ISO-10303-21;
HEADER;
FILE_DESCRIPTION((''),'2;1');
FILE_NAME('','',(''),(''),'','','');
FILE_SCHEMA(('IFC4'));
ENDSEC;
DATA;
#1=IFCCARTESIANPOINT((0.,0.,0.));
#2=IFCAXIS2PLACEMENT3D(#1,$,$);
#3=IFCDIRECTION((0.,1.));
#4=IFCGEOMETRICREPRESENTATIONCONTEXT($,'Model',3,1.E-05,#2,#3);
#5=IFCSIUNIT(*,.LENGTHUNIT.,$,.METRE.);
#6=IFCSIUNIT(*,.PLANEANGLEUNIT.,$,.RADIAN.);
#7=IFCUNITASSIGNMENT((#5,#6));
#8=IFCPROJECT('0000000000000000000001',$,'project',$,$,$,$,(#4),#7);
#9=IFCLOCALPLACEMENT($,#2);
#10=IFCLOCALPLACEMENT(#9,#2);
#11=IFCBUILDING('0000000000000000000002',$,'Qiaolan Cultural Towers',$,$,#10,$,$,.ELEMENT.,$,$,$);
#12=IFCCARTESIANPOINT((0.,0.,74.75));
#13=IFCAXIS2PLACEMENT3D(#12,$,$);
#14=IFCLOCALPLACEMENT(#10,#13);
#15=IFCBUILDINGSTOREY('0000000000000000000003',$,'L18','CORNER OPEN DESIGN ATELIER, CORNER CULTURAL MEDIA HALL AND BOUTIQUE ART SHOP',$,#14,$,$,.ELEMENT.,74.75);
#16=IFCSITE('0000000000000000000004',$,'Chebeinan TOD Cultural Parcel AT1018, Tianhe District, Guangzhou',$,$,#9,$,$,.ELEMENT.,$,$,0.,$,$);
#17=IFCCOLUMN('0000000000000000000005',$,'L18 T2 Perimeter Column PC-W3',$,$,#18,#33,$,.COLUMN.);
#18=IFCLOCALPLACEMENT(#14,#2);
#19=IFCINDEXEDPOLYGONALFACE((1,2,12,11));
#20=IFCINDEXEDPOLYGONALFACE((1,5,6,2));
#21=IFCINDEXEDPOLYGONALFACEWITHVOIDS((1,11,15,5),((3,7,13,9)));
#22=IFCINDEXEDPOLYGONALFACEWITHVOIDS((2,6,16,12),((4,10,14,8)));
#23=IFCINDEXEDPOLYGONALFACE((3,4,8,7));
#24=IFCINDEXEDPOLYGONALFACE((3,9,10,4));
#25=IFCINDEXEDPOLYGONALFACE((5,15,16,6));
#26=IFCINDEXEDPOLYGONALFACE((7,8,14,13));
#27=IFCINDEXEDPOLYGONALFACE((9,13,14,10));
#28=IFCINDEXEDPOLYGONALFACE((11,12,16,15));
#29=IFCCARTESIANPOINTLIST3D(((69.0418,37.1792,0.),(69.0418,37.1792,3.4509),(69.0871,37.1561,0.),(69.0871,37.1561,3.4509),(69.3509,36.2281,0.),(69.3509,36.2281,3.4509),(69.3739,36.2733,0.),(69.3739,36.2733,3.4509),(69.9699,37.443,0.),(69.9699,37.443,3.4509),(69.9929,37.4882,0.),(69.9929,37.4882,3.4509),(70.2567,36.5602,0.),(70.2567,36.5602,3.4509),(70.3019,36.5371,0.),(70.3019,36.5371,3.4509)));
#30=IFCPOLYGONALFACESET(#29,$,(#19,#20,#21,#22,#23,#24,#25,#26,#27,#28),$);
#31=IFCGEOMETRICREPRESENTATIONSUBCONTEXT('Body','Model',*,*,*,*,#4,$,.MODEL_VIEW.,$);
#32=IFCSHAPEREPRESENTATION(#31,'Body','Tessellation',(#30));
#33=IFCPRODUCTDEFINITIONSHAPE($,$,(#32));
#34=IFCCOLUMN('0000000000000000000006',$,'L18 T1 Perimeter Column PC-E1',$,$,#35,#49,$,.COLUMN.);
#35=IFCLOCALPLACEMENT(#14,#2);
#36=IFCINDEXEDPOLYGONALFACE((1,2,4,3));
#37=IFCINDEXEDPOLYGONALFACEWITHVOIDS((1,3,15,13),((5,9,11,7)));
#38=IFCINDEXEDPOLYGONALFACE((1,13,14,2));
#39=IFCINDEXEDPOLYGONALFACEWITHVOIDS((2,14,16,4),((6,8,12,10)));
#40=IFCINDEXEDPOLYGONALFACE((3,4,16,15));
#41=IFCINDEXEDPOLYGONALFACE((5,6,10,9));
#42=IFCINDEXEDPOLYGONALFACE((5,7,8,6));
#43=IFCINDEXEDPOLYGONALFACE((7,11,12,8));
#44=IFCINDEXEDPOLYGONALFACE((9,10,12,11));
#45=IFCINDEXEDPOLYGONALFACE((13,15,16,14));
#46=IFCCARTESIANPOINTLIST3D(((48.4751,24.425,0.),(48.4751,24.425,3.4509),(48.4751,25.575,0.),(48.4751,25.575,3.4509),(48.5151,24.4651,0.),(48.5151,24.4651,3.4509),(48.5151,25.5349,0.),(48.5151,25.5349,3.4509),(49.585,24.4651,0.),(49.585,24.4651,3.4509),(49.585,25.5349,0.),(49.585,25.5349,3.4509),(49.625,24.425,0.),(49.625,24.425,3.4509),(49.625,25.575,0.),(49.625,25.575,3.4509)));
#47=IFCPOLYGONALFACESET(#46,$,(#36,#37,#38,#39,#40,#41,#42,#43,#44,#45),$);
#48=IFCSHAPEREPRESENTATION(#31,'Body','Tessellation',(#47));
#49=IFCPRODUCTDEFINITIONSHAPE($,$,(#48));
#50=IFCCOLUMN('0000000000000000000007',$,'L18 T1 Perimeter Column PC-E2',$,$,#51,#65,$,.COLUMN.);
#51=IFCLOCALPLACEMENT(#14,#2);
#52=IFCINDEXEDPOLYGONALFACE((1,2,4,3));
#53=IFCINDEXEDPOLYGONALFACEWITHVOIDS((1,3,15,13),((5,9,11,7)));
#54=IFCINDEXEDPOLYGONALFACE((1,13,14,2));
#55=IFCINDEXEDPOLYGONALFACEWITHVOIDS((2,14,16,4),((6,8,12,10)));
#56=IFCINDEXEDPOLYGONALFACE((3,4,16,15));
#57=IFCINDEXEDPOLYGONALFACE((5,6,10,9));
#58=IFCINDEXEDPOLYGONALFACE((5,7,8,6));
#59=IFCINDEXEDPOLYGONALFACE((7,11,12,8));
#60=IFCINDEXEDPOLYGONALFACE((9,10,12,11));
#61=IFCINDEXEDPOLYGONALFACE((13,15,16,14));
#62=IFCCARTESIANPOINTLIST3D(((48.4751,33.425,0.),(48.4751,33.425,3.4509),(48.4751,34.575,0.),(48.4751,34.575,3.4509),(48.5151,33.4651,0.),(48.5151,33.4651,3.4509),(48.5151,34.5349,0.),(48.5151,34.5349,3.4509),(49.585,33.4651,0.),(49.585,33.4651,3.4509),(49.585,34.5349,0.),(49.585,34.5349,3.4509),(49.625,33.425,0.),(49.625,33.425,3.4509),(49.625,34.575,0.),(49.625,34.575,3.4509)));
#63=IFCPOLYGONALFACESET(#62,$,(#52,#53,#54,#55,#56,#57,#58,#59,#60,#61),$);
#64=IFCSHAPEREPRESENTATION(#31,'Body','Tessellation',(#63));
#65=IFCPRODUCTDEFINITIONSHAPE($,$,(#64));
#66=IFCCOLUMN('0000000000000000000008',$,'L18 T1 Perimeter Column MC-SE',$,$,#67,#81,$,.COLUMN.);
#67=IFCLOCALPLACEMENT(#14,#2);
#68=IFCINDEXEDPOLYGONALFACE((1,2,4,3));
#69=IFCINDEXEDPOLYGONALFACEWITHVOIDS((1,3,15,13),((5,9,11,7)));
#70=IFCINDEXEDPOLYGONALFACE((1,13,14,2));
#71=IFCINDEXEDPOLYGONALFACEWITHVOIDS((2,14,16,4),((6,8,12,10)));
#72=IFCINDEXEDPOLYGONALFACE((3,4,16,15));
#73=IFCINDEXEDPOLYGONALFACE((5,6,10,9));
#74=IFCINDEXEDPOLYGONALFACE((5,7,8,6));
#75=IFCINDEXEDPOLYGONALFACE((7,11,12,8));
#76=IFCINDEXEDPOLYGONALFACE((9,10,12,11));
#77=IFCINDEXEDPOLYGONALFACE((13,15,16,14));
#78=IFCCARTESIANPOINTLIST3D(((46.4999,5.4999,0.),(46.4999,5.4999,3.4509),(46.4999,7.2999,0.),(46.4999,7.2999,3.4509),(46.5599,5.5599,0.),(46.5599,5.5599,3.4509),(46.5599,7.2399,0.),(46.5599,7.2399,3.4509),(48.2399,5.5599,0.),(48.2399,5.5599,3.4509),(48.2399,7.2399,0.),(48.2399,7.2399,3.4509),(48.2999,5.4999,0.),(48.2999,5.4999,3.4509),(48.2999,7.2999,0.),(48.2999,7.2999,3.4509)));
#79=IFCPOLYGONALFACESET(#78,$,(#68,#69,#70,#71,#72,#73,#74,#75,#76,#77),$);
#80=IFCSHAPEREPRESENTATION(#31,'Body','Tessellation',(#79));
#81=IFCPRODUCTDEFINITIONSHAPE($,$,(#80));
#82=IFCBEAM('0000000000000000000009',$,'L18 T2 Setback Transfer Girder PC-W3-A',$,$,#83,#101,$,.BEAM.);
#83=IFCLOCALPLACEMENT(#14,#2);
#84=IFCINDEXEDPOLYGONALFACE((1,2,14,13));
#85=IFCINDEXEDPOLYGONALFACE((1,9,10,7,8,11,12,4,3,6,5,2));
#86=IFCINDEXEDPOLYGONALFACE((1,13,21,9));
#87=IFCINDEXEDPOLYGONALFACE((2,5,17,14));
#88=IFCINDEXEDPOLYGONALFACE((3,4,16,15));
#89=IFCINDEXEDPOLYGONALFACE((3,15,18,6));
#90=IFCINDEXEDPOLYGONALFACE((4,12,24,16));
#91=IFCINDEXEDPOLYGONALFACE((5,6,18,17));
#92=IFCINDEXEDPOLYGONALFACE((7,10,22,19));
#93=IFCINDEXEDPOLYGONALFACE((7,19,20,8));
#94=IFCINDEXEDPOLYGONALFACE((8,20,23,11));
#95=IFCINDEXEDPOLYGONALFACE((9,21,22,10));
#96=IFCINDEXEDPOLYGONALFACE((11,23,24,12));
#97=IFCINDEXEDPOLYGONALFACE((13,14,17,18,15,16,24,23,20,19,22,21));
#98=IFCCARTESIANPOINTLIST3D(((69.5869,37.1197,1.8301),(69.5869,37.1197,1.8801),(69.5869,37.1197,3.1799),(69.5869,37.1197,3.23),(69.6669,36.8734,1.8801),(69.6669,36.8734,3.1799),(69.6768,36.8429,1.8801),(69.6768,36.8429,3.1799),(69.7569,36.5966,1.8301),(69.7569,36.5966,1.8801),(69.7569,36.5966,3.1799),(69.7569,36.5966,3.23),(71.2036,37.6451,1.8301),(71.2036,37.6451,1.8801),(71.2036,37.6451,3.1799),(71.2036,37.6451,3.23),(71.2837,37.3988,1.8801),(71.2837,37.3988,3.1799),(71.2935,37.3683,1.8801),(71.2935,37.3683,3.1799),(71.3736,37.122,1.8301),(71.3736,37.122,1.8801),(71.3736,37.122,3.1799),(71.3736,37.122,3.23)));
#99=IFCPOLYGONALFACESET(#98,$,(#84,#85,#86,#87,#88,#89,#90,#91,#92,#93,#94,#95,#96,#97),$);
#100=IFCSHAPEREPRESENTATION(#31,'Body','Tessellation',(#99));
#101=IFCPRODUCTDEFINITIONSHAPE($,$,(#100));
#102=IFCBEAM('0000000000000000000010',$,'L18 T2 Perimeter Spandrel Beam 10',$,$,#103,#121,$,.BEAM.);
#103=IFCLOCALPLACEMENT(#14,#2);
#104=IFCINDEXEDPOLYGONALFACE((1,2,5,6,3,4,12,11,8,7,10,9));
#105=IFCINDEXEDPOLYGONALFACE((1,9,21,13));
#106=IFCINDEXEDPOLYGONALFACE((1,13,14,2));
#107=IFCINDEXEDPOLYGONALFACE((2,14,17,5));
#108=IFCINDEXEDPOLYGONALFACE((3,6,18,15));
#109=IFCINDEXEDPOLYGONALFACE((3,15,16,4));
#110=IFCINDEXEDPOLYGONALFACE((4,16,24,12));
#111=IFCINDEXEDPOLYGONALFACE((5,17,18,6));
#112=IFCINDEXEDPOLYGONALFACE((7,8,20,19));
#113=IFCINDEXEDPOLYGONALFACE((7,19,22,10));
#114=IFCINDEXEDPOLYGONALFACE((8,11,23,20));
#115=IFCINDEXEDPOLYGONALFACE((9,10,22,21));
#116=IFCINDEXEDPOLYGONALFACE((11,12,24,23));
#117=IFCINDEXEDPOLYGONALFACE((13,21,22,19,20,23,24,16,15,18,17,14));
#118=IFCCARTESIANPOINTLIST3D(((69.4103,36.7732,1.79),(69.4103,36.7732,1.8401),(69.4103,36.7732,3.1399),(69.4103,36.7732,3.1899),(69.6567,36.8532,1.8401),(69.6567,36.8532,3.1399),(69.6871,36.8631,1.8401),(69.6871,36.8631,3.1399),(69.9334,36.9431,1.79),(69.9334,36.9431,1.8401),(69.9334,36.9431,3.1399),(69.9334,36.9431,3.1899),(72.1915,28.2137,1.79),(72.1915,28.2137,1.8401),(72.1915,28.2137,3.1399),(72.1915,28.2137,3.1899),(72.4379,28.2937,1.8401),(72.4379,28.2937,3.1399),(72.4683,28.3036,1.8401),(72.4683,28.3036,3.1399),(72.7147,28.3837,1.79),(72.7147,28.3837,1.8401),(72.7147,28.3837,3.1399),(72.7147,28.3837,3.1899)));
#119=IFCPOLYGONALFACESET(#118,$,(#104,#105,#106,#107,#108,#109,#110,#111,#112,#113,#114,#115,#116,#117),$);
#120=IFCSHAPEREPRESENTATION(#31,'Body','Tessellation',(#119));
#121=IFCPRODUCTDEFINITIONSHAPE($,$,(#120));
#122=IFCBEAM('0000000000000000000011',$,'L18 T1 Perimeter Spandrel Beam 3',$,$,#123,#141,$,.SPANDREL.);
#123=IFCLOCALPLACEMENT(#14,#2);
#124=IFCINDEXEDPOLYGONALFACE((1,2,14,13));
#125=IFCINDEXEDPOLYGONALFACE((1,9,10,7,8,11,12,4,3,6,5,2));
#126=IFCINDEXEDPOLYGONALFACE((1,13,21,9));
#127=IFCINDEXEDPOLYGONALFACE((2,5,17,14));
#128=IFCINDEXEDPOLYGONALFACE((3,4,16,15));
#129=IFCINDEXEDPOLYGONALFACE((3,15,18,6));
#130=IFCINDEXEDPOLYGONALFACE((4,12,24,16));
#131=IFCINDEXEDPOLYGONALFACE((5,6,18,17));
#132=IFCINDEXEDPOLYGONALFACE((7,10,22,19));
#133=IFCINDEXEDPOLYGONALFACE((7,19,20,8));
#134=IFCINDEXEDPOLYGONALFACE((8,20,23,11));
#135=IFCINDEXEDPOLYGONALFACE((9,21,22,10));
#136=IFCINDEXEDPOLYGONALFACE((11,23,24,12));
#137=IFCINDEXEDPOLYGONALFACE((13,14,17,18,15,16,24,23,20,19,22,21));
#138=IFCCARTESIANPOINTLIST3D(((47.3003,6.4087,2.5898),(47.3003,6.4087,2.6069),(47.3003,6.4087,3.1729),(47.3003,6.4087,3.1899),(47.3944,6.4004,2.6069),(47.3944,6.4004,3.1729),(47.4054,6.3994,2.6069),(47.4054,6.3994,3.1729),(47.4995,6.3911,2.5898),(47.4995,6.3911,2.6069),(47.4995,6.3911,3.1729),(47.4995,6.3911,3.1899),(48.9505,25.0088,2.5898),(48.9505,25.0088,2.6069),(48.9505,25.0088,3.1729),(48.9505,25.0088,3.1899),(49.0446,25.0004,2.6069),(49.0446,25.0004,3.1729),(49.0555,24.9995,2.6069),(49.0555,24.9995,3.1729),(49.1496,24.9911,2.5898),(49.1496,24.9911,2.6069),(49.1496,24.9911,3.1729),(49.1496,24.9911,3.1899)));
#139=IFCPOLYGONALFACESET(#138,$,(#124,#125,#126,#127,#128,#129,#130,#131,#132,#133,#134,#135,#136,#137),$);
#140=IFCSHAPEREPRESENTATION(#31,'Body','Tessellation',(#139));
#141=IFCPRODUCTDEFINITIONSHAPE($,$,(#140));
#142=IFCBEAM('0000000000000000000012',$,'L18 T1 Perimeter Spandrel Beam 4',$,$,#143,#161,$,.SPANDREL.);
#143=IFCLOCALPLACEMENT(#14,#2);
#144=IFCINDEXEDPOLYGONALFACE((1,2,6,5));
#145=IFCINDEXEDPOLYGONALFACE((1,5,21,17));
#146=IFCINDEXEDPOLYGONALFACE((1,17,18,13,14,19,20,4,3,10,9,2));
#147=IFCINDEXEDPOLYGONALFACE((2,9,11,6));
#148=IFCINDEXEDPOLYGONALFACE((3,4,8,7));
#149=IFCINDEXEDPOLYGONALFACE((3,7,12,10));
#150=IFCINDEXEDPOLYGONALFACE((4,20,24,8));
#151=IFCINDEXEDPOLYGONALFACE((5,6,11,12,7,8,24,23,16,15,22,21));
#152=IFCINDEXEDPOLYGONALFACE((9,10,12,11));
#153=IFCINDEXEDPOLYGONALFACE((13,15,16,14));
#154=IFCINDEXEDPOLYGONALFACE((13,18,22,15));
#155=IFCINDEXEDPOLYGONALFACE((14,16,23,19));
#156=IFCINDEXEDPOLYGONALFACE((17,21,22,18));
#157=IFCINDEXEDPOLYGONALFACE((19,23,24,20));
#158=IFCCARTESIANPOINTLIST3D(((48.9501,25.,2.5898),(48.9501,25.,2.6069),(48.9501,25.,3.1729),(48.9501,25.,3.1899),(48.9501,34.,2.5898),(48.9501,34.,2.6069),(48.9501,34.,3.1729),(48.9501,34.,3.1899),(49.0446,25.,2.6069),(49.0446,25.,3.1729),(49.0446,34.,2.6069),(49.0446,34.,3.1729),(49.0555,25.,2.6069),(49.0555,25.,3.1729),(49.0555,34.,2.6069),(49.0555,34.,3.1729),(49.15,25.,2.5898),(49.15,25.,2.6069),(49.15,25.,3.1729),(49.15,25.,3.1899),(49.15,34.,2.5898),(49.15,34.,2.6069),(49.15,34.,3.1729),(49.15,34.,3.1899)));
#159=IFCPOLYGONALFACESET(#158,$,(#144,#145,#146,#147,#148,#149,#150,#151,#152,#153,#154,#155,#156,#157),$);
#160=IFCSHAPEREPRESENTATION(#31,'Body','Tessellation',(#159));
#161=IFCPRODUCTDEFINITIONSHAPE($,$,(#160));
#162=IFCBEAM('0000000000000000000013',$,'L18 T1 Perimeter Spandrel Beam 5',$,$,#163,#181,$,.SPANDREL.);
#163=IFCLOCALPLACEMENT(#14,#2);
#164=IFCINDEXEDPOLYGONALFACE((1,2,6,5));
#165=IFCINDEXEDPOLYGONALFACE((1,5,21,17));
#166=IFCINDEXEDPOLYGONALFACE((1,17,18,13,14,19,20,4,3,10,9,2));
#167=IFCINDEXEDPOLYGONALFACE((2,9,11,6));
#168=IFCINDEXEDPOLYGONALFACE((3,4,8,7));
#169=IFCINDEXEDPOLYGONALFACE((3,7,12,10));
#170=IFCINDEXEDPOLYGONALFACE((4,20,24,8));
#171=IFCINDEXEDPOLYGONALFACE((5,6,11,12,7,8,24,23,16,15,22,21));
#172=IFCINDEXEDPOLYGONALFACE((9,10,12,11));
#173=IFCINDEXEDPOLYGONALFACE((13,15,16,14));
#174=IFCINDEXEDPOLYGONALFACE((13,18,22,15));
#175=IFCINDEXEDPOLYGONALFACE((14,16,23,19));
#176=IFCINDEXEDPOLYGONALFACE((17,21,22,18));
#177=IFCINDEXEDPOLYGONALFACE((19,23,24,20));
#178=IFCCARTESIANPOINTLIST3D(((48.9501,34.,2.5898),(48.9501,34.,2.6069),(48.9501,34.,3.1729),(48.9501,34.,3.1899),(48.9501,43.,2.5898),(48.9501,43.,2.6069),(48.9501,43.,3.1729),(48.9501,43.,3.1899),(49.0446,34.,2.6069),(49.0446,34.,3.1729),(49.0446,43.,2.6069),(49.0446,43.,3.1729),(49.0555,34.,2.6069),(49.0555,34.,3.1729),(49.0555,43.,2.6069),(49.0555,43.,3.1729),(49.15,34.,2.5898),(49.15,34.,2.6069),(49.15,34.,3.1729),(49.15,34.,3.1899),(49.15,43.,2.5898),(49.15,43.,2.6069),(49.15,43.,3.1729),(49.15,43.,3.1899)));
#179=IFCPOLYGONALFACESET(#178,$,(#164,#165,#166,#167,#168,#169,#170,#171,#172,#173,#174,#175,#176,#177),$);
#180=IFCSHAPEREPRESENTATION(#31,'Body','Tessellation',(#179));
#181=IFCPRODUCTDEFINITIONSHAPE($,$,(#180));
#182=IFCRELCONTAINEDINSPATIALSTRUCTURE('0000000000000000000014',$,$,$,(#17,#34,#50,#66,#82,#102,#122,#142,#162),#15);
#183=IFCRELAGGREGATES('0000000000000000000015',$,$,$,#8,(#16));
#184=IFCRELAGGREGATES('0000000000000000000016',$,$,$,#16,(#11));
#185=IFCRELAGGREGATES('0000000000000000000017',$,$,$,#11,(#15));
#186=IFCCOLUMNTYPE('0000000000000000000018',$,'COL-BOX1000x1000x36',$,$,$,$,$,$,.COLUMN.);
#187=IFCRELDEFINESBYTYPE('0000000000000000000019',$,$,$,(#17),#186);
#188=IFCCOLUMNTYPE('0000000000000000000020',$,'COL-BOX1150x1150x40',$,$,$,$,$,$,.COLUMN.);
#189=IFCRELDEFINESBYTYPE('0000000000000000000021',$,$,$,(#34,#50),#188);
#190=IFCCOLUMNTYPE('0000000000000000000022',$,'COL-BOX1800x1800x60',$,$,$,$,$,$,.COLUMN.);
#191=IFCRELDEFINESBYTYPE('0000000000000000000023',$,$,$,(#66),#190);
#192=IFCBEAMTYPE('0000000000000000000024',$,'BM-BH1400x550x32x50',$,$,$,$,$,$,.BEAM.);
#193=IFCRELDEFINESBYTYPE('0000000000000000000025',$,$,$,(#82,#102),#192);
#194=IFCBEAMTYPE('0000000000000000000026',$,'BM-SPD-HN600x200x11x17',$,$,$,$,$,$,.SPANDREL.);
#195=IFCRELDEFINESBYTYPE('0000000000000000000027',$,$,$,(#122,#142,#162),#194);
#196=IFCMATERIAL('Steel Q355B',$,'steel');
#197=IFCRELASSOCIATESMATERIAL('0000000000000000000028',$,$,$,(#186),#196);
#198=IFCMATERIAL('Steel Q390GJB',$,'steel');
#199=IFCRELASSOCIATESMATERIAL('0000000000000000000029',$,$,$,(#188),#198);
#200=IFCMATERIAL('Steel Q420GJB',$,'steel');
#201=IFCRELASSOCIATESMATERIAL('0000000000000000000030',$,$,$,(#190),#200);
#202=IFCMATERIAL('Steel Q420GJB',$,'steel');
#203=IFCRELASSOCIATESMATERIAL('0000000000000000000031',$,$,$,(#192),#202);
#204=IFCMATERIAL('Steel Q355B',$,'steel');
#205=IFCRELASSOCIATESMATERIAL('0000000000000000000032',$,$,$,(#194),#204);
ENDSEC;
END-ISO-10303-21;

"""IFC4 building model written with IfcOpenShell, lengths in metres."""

from ifc_helpers import new_model, si_unit, direction, frame, origin, origin_2d, place, context, subcontext, project, spatial, hollow_rectangle, i_section, extrude, material, material_profile, profile_set, type_object, element, save


model = new_model("IFC4")

# Units and contexts
model_context = context("Model", 3, precision=1e-05, world=origin(), true_north=direction((0.0, 1.0)))
body_context = subcontext(model_context, "Body", "Model", "MODEL_VIEW")
ifc_project = project(units=[si_unit("LENGTHUNIT", "METRE"), si_unit("PLANEANGLEUNIT", "RADIAN")], contexts=[model_context])

# Site, building, storey
site_placement = place(None, origin())
site = spatial("IfcSite", under=ifc_project, at=site_placement, Name="Chebeinan TOD Cultural Parcel AT1018, Tianhe District, Guangzhou", CompositionType="ELEMENT", RefElevation=0.0)
building_placement = place(site_placement, origin())
building = spatial("IfcBuilding", under=site, at=building_placement, Name="Qiaolan Cultural Towers", CompositionType="ELEMENT")
storey_placement = place(building_placement, frame((0.0, 0.0, 74.75)))
storey = spatial("IfcBuildingStorey", under=building, at=storey_placement, Name="L18", Description="CORNER OPEN DESIGN ATELIER, CORNER CULTURAL MEDIA HALL AND BOUTIQUE ART SHOP", CompositionType="ELEMENT", Elevation=74.75)

# Columns
ifc_material_1 = material(Name="Steel Q355B", Category="steel")
ifc_material_profile_1 = material_profile(ifc_material_1, hollow_rectangle(XDim=1.0, YDim=1.0, WallThickness=0.0359, at=origin_2d()), Name="BOX1000x1000x36")
ifc_profile_set_1 = profile_set([ifc_material_profile_1], Name="Steel Q355B")
column_type_1 = type_object("IfcColumnType", Name="COL-BOX1000x1000x36", PredefinedType="COLUMN", material=ifc_profile_set_1)
column_1_placement = place(storey_placement, frame((69.6719, 36.8582, 0.0), z_axis=(0.0, 0.0, 1.0), x_axis=(0.951057, 0.309017, 0.0)))
element("IfcColumn", 1, at=column_1_placement, inside=storey, type_object=column_type_1, Name="L18 T2 Perimeter Column PC-W3", PredefinedType="COLUMN", context=body_context, shape_type="SweptSolid", body=[
    extrude(hollow_rectangle(XDim=1.0, YDim=1.0, WallThickness=0.0359, at=origin_2d()), origin(), (0.0, 0.0, 1.0), 3.4509),
])
ifc_material_2 = material(Name="Steel Q390GJB", Category="steel")
ifc_material_profile_2 = material_profile(ifc_material_2, hollow_rectangle(XDim=1.1499, YDim=1.1499, WallThickness=0.04, at=origin_2d()), Name="BOX1150x1150x40")
ifc_profile_set_2 = profile_set([ifc_material_profile_2], Name="Steel Q390GJB")
column_type_2 = type_object("IfcColumnType", Name="COL-BOX1150x1150x40", PredefinedType="COLUMN", material=ifc_profile_set_2)
for number, where, z_axis, x_axis, name in (
    (2, (49.05, 25.0, 0.0), (0.0, 0.0, 1.0), (1.0, 0.0, 0.0), "L18 T1 Perimeter Column PC-E1"),
    (3, (49.05, 34.0, 0.0), (0.0, 0.0, 1.0), (1.0, 0.0, 0.0), "L18 T1 Perimeter Column PC-E2"),
):
    element("IfcColumn", number, at=place(storey_placement, frame(where, z_axis=z_axis, x_axis=x_axis)), inside=storey, type_object=column_type_2, Name=name, PredefinedType="COLUMN", context=body_context, shape_type="SweptSolid", body=[
        extrude(hollow_rectangle(XDim=1.1499, YDim=1.1499, WallThickness=0.04, at=origin_2d()), origin(), (0.0, 0.0, 1.0), 3.4509),
    ])
ifc_material_3 = material(Name="Steel Q420GJB", Category="steel")
ifc_material_profile_3 = material_profile(ifc_material_3, hollow_rectangle(XDim=1.8, YDim=1.8, WallThickness=0.0601, at=origin_2d()), Name="BOX1800x1800x60")
ifc_profile_set_3 = profile_set([ifc_material_profile_3], Name="Steel Q420GJB")
column_type_3 = type_object("IfcColumnType", Name="COL-BOX1800x1800x60", PredefinedType="COLUMN", material=ifc_profile_set_3)
column_2_placement = place(storey_placement, frame((47.3999, 6.3999, 0.0), z_axis=(0.0, 0.0, 1.0), x_axis=(1.0, 0.0, 0.0)))
element("IfcColumn", 4, at=column_2_placement, inside=storey, type_object=column_type_3, Name="L18 T1 Perimeter Column MC-SE", PredefinedType="COLUMN", context=body_context, shape_type="SweptSolid", body=[
    extrude(hollow_rectangle(XDim=1.8, YDim=1.8, WallThickness=0.0601, at=origin_2d()), origin(), (0.0, 0.0, 1.0), 3.4509),
])

# Beams
ifc_material_4 = material(Name="Steel Q420GJB", Category="steel")
ifc_material_profile_4 = material_profile(ifc_material_4, i_section(OverallWidth=0.55, OverallDepth=1.3999, WebThickness=0.032, FlangeThickness=0.05, at=origin_2d()), Name="BH1400x550x32x50")
ifc_profile_set_4 = profile_set([ifc_material_profile_4], Name="Steel Q420GJB")
beam_type_1 = type_object("IfcBeamType", Name="BM-BH1400x550x32x50", PredefinedType="BEAM", material=ifc_profile_set_4)
beam_1_placement = place(storey_placement, frame((69.6719, 36.8582, 2.53), z_axis=(0.95104, 0.309067, 0.0), x_axis=(-0.309067, 0.95104, 0.0)))
element("IfcBeam", 5, at=beam_1_placement, inside=storey, type_object=beam_type_1, Name="L18 T2 Setback Transfer Girder PC-W3-A", PredefinedType="BEAM", context=body_context, shape_type="SweptSolid", body=[
    extrude(i_section(OverallWidth=0.55, OverallDepth=1.3999, WebThickness=0.032, FlangeThickness=0.05, at=origin_2d()), origin(), (0.0, 0.0, 1.0), 1.7),
])
beam_2_placement = place(storey_placement, frame((69.6719, 36.8582, 2.49), z_axis=(0.309025, -0.951054, 0.0), x_axis=(0.951054, 0.309025, 0.0)))
element("IfcBeam", 6, at=beam_2_placement, inside=storey, type_object=beam_type_1, Name="L18 T2 Perimeter Spandrel Beam 10", PredefinedType="BEAM", context=body_context, shape_type="SweptSolid", body=[
    extrude(i_section(OverallWidth=0.55, OverallDepth=1.3999, WebThickness=0.032, FlangeThickness=0.05, at=origin_2d()), origin(), (0.0, 0.0, 1.0), 9.0),
])
ifc_material_5 = material(Name="Steel Q355B", Category="steel")
ifc_material_profile_5 = material_profile(ifc_material_5, i_section(OverallWidth=0.2, OverallDepth=0.6001, WebThickness=0.011, FlangeThickness=0.0171, at=origin_2d()), Name="HN600x200x11x17")
ifc_profile_set_5 = profile_set([ifc_material_profile_5], Name="Steel Q355B")
beam_type_2 = type_object("IfcBeamType", Name="BM-SPD-HN600x200x11x17", PredefinedType="SPANDREL", material=ifc_profile_set_5)
beam_3_placement = place(storey_placement, frame((47.3999, 6.3999, 2.8899), z_axis=(0.08837, 0.996088, 0.0), x_axis=(-0.996088, 0.08837, 0.0)))
element("IfcBeam", 7, at=beam_3_placement, inside=storey, type_object=beam_type_2, Name="L18 T1 Perimeter Spandrel Beam 3", PredefinedType="SPANDREL", context=body_context, shape_type="SweptSolid", body=[
    extrude(i_section(OverallWidth=0.2, OverallDepth=0.6001, WebThickness=0.011, FlangeThickness=0.0171, at=origin_2d()), origin(), (0.0, 0.0, 1.0), 18.6731),
])
for number, where, z_axis, x_axis, name in (
    (8, (49.05, 25.0, 2.8899), (0.0, 1.0, 0.0), (-1.0, 0.0, 0.0), "L18 T1 Perimeter Spandrel Beam 4"),
    (9, (49.05, 34.0, 2.8899), (0.0, 1.0, 0.0), (-1.0, 0.0, 0.0), "L18 T1 Perimeter Spandrel Beam 5"),
):
    element("IfcBeam", number, at=place(storey_placement, frame(where, z_axis=z_axis, x_axis=x_axis)), inside=storey, type_object=beam_type_2, Name=name, PredefinedType="SPANDREL", context=body_context, shape_type="SweptSolid", body=[
        extrude(i_section(OverallWidth=0.2, OverallDepth=0.6001, WebThickness=0.011, FlangeThickness=0.0171, at=origin_2d()), origin(), (0.0, 0.0, 1.0), 9.0),
    ])

save(model, "model.ifc")
